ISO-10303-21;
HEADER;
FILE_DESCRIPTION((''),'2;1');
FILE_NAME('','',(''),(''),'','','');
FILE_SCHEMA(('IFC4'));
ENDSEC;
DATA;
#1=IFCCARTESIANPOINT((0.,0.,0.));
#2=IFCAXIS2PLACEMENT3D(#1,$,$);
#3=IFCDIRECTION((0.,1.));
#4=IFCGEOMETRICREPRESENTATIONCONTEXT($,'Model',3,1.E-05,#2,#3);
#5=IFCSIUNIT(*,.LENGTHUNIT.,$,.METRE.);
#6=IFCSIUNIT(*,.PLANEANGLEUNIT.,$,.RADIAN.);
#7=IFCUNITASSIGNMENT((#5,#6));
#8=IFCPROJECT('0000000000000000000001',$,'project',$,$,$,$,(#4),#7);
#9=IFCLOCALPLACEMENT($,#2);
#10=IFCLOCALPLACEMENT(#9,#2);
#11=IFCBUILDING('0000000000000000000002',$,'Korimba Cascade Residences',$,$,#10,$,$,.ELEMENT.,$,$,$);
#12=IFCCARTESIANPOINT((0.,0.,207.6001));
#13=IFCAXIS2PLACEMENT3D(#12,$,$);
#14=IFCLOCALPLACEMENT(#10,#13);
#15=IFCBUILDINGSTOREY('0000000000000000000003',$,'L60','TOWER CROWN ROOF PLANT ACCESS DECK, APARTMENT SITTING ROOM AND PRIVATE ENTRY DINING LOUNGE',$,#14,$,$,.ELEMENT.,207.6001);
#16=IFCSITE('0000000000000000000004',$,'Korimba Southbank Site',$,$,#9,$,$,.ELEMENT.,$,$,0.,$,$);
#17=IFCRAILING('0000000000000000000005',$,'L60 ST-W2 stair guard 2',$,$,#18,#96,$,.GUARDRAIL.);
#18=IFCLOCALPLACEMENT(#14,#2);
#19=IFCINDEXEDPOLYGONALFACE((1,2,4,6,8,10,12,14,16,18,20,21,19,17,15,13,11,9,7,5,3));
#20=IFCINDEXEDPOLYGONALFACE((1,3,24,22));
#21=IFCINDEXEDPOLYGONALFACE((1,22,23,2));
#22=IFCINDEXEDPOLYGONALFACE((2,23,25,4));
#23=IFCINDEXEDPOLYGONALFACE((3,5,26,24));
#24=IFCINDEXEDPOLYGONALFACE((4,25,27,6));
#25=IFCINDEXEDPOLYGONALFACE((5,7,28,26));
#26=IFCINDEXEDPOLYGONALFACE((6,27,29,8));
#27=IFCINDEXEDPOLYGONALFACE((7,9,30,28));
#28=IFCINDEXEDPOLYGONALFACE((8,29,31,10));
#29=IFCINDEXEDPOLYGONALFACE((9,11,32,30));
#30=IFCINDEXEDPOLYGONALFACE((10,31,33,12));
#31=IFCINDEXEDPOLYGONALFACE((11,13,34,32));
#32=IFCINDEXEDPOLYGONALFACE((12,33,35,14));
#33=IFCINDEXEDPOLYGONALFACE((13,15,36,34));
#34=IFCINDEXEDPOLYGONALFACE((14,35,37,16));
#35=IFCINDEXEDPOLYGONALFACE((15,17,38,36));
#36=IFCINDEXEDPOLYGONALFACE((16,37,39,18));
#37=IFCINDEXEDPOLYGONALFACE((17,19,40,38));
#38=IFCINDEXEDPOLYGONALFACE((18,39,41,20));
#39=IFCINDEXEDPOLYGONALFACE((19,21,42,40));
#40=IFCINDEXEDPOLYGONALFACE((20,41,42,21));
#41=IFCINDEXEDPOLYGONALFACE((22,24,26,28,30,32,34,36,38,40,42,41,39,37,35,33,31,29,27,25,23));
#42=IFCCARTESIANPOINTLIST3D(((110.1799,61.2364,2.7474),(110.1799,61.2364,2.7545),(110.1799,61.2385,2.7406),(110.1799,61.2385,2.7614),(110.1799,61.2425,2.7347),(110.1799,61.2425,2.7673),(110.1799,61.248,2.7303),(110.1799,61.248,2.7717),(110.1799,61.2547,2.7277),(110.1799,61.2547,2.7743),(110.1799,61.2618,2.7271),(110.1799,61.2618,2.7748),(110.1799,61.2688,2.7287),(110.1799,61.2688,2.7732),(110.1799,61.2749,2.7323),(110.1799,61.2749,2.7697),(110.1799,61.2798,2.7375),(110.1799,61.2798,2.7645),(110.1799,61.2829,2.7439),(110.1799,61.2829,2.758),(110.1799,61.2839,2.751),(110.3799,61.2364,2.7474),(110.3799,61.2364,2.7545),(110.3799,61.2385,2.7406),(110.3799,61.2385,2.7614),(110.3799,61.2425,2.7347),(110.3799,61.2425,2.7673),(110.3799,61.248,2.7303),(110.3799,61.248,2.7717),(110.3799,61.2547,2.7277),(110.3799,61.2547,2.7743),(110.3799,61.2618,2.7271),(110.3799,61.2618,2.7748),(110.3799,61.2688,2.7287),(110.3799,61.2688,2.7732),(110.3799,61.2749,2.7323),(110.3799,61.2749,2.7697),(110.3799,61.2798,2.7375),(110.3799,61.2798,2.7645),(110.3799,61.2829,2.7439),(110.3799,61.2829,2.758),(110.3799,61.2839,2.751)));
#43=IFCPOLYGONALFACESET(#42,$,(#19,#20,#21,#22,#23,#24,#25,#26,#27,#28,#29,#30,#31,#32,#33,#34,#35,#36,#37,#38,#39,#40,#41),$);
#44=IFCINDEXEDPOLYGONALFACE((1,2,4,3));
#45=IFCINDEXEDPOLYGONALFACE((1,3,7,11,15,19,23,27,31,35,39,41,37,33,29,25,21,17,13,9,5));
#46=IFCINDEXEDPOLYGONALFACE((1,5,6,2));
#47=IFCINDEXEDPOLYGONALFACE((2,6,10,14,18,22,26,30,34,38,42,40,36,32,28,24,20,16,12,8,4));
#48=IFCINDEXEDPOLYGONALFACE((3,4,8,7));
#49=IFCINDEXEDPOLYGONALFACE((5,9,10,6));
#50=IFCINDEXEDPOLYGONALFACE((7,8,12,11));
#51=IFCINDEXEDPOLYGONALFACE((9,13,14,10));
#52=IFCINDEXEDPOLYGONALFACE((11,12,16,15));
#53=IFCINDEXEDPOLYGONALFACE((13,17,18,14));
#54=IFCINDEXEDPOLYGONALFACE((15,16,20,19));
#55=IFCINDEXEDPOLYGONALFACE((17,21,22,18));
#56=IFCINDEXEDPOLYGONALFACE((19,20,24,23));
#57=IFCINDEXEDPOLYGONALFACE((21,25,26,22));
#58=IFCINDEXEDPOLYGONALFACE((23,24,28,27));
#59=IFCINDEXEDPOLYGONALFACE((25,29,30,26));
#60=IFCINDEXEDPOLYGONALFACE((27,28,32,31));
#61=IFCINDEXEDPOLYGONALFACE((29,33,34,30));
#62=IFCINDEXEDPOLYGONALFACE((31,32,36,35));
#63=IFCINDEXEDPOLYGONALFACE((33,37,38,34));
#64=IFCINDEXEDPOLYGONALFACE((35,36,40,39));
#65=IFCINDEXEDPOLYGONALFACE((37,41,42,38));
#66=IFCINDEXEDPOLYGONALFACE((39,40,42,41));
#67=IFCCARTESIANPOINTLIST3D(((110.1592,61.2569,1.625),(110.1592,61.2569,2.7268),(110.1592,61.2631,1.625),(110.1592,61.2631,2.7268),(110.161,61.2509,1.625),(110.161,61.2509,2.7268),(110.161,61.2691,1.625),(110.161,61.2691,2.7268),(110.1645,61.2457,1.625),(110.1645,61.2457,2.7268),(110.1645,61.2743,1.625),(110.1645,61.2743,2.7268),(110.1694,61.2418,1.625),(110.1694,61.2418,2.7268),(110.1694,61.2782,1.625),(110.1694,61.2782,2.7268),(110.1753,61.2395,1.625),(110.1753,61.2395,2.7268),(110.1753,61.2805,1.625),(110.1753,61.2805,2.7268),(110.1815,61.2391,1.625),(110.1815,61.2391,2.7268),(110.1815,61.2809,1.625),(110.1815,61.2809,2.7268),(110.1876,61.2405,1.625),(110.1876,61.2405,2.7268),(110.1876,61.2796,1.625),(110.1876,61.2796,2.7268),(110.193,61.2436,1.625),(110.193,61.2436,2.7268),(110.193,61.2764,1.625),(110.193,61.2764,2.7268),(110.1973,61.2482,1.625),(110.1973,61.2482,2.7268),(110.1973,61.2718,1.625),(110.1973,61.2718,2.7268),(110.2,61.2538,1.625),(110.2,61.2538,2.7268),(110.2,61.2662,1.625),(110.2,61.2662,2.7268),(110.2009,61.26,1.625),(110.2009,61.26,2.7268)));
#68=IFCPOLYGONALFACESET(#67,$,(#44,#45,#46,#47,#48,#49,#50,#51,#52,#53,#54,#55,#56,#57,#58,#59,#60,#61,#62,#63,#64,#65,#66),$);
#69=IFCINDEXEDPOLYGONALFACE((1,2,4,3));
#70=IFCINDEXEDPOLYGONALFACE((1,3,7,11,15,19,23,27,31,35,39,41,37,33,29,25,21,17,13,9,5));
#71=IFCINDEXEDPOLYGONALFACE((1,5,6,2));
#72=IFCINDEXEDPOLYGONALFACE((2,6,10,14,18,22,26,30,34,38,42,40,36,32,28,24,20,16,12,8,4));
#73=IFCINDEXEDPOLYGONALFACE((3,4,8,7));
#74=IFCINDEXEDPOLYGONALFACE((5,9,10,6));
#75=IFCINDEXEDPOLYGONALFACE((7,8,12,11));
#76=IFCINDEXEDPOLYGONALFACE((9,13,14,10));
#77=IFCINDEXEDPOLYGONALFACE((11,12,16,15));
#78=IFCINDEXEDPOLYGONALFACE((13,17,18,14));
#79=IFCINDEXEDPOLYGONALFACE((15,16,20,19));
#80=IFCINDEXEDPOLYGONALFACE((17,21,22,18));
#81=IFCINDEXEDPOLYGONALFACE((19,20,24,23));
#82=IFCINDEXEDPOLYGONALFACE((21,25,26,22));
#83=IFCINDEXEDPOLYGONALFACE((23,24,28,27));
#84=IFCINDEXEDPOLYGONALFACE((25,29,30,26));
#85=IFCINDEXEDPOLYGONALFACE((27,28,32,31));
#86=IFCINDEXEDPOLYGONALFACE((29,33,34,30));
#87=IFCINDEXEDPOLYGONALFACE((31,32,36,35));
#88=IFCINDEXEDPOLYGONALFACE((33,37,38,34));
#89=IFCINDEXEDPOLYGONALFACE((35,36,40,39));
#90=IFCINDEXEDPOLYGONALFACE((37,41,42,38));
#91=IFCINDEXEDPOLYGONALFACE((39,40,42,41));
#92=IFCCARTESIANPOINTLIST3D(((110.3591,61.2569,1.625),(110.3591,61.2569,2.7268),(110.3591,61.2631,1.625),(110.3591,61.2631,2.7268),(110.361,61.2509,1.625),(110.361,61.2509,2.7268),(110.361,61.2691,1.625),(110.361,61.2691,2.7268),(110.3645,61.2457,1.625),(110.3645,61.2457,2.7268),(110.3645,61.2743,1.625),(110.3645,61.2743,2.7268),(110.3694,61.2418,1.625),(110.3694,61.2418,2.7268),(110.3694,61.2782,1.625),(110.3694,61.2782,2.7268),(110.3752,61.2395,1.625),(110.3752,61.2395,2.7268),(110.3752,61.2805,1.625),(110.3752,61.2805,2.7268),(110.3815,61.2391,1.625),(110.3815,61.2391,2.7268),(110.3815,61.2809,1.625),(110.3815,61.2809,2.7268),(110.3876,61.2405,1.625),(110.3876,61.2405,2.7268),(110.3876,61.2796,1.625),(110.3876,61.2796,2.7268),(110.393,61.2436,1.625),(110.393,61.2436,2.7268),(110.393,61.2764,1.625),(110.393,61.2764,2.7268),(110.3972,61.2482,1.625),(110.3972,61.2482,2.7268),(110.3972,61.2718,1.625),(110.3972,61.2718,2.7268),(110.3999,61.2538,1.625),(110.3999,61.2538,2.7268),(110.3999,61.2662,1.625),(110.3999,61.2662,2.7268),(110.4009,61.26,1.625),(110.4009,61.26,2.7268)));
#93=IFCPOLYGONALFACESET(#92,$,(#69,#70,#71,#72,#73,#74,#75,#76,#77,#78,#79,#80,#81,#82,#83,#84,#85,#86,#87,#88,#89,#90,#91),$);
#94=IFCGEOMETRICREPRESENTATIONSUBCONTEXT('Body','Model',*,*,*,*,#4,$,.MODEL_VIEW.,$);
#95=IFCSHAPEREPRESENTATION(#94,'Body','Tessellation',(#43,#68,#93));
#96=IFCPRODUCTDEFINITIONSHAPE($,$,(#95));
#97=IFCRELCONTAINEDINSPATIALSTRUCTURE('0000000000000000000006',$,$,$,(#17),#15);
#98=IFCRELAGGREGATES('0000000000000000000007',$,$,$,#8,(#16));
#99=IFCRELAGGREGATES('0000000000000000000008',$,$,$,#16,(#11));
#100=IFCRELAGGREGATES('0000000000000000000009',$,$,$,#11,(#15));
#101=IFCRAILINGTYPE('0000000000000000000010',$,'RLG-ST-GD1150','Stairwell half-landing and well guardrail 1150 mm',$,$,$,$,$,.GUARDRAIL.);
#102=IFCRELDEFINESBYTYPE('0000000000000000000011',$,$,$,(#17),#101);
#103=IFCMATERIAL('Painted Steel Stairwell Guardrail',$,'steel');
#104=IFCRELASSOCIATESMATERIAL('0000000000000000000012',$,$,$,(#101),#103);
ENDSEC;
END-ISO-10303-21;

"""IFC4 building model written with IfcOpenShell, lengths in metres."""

from ifc_helpers import new_model, si_unit, direction, frame, origin, origin_2d, place, context, subcontext, project, spatial, circle, extrude, material, type_object, element, save


model = new_model("IFC4")

# Units and contexts
model_context = context("Model", 3, precision=1e-05, world=origin(), true_north=direction((0.0, 1.0)))
body_context = subcontext(model_context, "Body", "Model", "MODEL_VIEW")
ifc_project = project(units=[si_unit("LENGTHUNIT", "METRE"), si_unit("PLANEANGLEUNIT", "RADIAN")], contexts=[model_context])

# Site, building, storey
site_placement = place(None, origin())
site = spatial("IfcSite", under=ifc_project, at=site_placement, Name="Korimba Southbank Site", CompositionType="ELEMENT", RefElevation=0.0)
building_placement = place(site_placement, origin())
building = spatial("IfcBuilding", under=site, at=building_placement, Name="Korimba Cascade Residences", CompositionType="ELEMENT")
storey_placement = place(building_placement, frame((0.0, 0.0, 207.6001)))
storey = spatial("IfcBuildingStorey", under=building, at=storey_placement, Name="L60", Description="TOWER CROWN ROOF PLANT ACCESS DECK, APARTMENT SITTING ROOM AND PRIVATE ENTRY DINING LOUNGE", CompositionType="ELEMENT", Elevation=207.6001)

# Railing
ifc_material_1 = material(Name="Painted Steel Stairwell Guardrail", Category="steel")
railing_type_1 = type_object("IfcRailingType", Name="RLG-ST-GD1150", Description="Stairwell half-landing and well guardrail 1150 mm", PredefinedType="GUARDRAIL", material=ifc_material_1)
railing_1_placement = place(storey_placement, frame((110.1799, 61.26, 1.625)))
element("IfcRailing", 1, at=railing_1_placement, inside=storey, type_object=railing_type_1, Name="L60 ST-W2 stair guard 2", PredefinedType="GUARDRAIL", context=body_context, shape_type="SweptSolid", body=[
    extrude(circle(Radius=0.0239, at=origin_2d()), frame((0.0, 0.0, 1.126), z_axis=(1.0, 0.0, 0.0), x_axis=(0.0, 1.0, 0.0)), (0.0, 0.0, 1.0), 0.2),
    extrude(circle(Radius=0.021, at=origin_2d()), origin(), (0.0, 0.0, 1.0), 1.1018),
    extrude(circle(Radius=0.021, at=origin_2d()), frame((0.2, 0.0, 0.0)), (0.0, 0.0, 1.0), 1.1018),
])

save(model, "model.ifc")
